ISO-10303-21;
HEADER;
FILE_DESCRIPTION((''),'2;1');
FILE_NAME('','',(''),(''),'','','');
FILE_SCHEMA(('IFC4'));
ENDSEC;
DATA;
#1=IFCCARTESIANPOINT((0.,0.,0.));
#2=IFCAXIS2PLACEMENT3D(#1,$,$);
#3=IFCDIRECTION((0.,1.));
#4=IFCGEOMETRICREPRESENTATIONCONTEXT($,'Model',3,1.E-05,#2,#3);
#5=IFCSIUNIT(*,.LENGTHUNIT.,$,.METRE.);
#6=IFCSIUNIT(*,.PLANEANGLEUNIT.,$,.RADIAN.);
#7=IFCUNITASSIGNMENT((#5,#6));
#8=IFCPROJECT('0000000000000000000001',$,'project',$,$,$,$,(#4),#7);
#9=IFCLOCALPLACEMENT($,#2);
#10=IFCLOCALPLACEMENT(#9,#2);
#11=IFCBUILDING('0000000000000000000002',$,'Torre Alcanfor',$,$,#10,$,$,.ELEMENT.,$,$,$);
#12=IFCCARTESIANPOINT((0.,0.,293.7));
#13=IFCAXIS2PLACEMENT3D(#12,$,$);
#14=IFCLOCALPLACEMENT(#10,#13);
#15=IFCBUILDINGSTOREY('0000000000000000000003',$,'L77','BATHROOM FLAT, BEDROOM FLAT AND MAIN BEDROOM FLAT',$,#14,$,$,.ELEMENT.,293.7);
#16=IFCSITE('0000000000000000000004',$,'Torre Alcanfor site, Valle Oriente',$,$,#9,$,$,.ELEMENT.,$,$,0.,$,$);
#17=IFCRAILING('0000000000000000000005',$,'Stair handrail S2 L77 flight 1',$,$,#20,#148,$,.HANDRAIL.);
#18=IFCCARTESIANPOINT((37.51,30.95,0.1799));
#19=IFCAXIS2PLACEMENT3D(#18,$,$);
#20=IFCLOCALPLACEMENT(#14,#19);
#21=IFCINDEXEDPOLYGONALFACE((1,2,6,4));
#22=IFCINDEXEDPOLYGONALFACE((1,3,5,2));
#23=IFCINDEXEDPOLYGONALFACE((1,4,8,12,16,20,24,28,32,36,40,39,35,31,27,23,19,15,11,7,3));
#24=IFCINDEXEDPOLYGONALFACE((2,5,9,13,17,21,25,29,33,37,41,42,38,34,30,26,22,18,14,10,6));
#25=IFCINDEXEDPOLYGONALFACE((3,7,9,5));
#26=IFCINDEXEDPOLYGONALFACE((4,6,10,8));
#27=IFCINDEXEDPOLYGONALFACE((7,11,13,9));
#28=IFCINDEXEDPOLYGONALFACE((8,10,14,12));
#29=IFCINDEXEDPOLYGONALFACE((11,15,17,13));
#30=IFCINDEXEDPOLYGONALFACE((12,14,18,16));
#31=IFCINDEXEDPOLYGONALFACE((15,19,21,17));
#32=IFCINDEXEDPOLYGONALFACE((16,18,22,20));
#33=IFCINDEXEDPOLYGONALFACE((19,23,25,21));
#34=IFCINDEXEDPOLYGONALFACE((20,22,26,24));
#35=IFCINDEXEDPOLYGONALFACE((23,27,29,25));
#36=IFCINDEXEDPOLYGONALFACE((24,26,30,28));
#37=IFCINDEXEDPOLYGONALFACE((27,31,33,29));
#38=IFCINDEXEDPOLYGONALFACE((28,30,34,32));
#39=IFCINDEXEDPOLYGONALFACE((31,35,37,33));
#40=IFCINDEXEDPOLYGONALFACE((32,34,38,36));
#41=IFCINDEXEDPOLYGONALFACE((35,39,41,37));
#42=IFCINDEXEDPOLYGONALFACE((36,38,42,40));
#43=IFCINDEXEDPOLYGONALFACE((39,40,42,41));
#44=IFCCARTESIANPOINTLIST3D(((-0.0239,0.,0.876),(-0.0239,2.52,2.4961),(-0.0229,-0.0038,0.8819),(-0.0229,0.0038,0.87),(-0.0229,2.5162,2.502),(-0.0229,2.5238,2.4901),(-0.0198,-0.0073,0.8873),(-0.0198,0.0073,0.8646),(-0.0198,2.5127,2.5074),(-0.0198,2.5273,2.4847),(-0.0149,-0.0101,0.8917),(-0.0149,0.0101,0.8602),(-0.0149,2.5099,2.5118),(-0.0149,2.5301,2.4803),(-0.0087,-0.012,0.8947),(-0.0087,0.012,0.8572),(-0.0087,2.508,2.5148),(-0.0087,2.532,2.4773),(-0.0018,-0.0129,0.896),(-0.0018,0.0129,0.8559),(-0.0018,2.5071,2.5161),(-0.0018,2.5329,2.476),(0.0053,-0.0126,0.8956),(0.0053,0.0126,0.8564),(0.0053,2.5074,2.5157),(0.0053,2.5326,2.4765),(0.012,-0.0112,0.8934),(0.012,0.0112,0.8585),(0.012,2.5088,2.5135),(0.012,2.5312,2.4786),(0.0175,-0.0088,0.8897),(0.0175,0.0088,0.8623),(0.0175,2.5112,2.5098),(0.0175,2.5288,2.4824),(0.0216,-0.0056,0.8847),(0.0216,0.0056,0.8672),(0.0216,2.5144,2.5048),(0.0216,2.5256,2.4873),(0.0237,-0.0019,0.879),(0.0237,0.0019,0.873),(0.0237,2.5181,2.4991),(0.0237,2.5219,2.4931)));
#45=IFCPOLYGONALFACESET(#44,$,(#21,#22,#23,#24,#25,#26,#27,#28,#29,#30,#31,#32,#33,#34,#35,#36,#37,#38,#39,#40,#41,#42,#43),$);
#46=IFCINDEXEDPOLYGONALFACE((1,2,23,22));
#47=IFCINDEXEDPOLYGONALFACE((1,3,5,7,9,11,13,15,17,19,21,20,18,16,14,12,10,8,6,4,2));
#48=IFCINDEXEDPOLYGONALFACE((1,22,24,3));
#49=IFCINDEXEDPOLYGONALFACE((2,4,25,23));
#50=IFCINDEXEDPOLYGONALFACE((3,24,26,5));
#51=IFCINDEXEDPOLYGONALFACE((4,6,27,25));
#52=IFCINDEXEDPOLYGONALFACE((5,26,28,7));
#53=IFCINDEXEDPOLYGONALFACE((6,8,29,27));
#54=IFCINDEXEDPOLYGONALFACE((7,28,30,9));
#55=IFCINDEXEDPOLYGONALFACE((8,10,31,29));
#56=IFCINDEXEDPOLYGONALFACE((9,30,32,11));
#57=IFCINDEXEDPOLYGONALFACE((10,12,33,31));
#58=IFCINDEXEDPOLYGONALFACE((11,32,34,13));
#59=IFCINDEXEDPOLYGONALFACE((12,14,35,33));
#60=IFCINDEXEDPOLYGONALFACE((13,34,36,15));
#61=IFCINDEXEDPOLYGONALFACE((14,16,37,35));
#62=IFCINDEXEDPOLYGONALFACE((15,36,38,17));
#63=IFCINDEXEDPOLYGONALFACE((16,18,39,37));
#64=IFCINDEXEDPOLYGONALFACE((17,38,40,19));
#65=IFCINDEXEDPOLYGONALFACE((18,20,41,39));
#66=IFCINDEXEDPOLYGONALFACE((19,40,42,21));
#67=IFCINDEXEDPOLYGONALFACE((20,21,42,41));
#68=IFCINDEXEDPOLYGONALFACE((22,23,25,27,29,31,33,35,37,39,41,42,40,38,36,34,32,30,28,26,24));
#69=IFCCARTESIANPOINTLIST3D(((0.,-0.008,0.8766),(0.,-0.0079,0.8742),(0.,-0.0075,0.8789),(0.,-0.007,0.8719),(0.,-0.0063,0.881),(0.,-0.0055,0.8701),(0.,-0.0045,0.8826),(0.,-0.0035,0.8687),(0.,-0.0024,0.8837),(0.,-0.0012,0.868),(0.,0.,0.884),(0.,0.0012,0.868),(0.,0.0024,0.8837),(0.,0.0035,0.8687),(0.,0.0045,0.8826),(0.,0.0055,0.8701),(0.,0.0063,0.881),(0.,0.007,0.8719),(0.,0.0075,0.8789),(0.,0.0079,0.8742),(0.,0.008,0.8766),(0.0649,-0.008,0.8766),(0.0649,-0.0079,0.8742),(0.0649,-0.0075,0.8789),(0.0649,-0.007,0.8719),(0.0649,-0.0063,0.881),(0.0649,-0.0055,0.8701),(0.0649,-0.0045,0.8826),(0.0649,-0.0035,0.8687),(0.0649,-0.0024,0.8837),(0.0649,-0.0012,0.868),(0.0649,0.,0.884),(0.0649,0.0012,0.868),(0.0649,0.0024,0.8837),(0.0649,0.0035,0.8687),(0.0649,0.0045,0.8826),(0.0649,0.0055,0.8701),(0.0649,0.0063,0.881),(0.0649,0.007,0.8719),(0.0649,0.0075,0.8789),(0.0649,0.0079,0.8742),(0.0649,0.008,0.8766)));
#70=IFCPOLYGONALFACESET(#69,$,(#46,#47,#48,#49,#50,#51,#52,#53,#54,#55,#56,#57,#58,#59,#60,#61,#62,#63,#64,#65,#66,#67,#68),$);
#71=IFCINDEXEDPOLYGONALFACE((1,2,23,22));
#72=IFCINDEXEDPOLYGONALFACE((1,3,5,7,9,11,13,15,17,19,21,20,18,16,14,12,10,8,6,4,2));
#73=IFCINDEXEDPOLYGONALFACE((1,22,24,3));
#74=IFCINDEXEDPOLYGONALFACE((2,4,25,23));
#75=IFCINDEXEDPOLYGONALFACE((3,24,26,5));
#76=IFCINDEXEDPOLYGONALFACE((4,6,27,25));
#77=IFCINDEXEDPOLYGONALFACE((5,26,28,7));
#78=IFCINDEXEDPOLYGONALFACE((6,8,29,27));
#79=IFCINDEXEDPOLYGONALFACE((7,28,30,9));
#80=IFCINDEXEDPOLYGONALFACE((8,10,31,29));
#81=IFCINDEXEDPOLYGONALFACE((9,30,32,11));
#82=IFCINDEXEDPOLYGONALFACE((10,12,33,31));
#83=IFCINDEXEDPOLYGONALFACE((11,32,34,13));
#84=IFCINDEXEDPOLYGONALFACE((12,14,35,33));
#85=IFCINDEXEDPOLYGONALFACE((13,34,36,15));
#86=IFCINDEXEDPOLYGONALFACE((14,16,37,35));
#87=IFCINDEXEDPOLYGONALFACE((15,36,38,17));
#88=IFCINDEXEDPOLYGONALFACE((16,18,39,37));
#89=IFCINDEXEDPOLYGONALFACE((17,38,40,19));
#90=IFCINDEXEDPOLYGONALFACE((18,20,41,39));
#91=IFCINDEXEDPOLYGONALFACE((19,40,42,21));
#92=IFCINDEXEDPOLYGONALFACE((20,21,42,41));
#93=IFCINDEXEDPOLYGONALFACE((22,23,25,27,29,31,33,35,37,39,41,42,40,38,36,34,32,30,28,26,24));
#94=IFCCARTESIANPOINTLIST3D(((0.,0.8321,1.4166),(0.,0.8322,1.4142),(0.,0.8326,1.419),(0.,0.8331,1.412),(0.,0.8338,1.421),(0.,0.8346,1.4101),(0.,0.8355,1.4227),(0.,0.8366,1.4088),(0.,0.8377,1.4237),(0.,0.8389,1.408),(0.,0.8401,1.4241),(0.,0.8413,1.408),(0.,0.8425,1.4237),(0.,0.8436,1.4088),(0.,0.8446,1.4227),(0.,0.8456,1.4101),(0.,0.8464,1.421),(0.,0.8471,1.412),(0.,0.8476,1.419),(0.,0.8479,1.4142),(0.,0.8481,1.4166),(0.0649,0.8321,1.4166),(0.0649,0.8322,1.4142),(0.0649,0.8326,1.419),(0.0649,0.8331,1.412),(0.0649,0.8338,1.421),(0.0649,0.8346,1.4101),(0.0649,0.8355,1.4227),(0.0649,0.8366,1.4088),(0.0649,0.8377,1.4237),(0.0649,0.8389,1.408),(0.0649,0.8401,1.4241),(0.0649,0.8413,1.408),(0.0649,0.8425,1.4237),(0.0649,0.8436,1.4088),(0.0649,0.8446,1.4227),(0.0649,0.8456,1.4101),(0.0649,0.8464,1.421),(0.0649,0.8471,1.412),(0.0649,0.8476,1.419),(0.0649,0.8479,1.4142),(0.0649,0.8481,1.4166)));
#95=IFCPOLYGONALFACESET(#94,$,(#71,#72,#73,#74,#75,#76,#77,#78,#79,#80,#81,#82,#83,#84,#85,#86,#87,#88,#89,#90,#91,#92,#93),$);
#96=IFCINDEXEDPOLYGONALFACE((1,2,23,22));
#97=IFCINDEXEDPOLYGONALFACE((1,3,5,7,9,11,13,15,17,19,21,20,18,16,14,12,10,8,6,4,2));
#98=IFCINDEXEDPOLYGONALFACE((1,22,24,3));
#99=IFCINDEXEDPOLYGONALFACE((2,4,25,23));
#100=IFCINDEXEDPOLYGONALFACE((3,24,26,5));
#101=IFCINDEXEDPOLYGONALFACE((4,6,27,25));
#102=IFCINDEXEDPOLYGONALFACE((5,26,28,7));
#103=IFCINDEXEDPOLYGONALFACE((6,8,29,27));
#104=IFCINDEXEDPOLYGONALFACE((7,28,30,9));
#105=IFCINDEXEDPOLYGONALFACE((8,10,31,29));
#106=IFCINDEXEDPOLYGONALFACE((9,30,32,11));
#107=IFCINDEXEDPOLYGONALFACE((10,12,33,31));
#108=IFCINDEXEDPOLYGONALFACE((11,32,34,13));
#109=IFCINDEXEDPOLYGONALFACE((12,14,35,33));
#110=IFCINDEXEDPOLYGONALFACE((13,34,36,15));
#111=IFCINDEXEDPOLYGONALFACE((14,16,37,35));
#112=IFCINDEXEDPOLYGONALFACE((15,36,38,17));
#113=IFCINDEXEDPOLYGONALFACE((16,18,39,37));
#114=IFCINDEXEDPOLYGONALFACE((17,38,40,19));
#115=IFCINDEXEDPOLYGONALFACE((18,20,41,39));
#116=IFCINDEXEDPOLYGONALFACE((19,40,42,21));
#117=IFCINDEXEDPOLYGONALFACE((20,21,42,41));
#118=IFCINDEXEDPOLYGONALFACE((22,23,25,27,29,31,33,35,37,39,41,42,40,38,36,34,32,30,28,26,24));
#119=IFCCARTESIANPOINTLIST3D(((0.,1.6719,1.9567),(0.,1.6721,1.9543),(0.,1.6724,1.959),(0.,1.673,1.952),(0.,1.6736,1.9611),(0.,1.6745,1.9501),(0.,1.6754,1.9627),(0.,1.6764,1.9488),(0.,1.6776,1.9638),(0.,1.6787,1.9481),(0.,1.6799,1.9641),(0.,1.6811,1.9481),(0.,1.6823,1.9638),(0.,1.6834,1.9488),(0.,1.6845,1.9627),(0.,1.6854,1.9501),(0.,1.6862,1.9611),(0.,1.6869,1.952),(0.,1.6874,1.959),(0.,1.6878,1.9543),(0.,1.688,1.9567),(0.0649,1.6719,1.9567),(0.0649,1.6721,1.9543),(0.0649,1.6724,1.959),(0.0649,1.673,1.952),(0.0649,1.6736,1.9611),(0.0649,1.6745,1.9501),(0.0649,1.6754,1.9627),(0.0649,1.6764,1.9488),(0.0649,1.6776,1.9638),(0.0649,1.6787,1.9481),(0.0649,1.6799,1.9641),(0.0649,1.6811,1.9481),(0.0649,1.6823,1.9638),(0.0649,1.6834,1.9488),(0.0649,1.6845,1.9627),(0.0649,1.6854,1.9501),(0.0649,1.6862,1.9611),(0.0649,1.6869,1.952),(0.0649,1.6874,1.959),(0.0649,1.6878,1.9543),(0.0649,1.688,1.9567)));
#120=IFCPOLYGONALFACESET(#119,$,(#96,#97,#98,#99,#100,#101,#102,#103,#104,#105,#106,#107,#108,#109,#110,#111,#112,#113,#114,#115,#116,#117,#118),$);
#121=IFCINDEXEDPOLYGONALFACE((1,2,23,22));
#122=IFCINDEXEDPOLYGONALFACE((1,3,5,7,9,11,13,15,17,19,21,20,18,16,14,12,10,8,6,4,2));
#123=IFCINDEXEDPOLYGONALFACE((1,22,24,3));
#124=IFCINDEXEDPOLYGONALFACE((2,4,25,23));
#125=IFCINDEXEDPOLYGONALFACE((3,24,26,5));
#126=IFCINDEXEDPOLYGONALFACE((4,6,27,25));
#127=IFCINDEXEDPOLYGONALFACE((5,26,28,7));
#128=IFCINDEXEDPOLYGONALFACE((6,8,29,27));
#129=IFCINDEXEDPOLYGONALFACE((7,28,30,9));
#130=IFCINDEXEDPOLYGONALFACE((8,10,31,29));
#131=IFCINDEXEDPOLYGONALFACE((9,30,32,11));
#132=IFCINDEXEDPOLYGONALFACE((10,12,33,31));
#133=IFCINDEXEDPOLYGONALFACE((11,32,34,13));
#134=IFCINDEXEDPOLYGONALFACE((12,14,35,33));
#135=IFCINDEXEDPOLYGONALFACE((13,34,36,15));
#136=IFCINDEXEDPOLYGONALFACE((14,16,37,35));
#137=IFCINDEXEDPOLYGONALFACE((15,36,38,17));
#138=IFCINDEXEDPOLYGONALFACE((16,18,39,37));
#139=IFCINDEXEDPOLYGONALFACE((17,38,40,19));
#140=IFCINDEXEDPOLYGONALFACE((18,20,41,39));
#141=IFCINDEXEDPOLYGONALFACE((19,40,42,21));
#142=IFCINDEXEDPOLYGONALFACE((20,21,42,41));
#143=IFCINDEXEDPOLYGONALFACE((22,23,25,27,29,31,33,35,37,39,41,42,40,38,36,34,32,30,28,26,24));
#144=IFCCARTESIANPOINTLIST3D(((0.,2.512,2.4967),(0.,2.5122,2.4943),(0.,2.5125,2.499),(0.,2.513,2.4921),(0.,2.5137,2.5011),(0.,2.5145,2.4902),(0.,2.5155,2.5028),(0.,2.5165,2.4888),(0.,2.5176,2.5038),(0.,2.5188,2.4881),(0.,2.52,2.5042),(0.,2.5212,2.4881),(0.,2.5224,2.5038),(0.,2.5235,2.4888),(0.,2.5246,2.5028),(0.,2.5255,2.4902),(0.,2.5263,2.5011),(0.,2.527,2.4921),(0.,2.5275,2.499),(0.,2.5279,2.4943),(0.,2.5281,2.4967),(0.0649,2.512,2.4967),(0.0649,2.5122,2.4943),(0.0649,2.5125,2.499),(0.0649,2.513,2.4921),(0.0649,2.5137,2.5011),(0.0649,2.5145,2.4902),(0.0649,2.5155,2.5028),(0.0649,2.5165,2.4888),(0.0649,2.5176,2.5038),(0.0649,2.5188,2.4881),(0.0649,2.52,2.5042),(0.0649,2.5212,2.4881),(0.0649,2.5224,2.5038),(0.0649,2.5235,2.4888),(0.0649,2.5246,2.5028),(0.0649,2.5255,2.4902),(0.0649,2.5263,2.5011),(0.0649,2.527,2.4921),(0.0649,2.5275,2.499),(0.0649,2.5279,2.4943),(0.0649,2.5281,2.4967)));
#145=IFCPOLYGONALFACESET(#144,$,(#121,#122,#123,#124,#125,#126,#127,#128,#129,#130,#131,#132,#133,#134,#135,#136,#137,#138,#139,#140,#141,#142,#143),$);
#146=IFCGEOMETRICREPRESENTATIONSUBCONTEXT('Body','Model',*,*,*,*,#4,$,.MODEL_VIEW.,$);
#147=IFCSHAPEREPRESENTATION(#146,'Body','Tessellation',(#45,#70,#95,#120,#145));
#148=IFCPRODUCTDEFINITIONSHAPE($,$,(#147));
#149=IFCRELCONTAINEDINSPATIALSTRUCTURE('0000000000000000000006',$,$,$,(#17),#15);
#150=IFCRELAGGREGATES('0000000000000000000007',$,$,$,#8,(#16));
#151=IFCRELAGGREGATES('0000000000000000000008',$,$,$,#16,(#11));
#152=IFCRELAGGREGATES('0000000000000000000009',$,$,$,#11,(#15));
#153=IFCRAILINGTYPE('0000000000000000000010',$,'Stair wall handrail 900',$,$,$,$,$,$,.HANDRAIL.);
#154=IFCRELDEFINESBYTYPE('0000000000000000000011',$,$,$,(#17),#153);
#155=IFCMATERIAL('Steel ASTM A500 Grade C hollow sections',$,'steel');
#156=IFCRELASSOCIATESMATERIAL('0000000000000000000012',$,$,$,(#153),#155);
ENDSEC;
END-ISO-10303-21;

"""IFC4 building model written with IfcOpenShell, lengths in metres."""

from ifc_helpers import new_model, si_unit, direction, frame, origin, origin_2d, place, context, subcontext, project, spatial, circle, extrude, material, type_object, element, save


model = new_model("IFC4")

# Units and contexts
model_context = context("Model", 3, precision=1e-05, world=origin(), true_north=direction((0.0, 1.0)))
body_context = subcontext(model_context, "Body", "Model", "MODEL_VIEW")
ifc_project = project(units=[si_unit("LENGTHUNIT", "METRE"), si_unit("PLANEANGLEUNIT", "RADIAN")], contexts=[model_context])

# Site, building, storey
site_placement = place(None, origin())
site = spatial("IfcSite", under=ifc_project, at=site_placement, Name="Torre Alcanfor site, Valle Oriente", CompositionType="ELEMENT", RefElevation=0.0)
building_placement = place(site_placement, origin())
building = spatial("IfcBuilding", under=site, at=building_placement, Name="Torre Alcanfor", CompositionType="ELEMENT")
storey_placement = place(building_placement, frame((0.0, 0.0, 293.7)))
storey = spatial("IfcBuildingStorey", under=building, at=storey_placement, Name="L77", Description="BATHROOM FLAT, BEDROOM FLAT AND MAIN BEDROOM FLAT", CompositionType="ELEMENT", Elevation=293.7)

# Railing
ifc_material_1 = material(Name="Steel ASTM A500 Grade C hollow sections", Category="steel")
railing_type_1 = type_object("IfcRailingType", Name="Stair wall handrail 900", PredefinedType="HANDRAIL", material=ifc_material_1)
railing_1_placement = place(storey_placement, frame((37.51, 30.95, 0.1799)))
element("IfcRailing", 1, at=railing_1_placement, inside=storey, type_object=railing_type_1, Name="Stair handrail S2 L77 flight 1", PredefinedType="HANDRAIL", context=body_context, shape_type="SweptSolid", body=[
    extrude(circle(Radius=0.0239, at=origin_2d()), frame((0.0, 0.0, 0.876), z_axis=(0.0, 0.841163, 0.540782), x_axis=(-1.0, 0.0, 0.0)), (0.0, 0.0, 1.0), 2.9958),
    extrude(circle(Radius=0.0081, at=origin_2d()), frame((0.0, 0.0, 0.876), z_axis=(1.0, 0.0, 0.0), x_axis=(0.0, 0.0, 1.0)), (0.0, 0.0, 1.0), 0.0649),
    extrude(circle(Radius=0.0081, at=origin_2d()), frame((0.0, 0.8401, 1.416), z_axis=(1.0, 0.0, 0.0), x_axis=(0.0, 0.0, 1.0)), (0.0, 0.0, 1.0), 0.0649),
    extrude(circle(Radius=0.0081, at=origin_2d()), frame((0.0, 1.6799, 1.9561), z_axis=(1.0, 0.0, 0.0), x_axis=(0.0, 0.0, 1.0)), (0.0, 0.0, 1.0), 0.0649),
    extrude(circle(Radius=0.0081, at=origin_2d()), frame((0.0, 2.52, 2.4961), z_axis=(1.0, 0.0, 0.0), x_axis=(0.0, 0.0, 1.0)), (0.0, 0.0, 1.0), 0.0649),
])

save(model, "model.ifc")
